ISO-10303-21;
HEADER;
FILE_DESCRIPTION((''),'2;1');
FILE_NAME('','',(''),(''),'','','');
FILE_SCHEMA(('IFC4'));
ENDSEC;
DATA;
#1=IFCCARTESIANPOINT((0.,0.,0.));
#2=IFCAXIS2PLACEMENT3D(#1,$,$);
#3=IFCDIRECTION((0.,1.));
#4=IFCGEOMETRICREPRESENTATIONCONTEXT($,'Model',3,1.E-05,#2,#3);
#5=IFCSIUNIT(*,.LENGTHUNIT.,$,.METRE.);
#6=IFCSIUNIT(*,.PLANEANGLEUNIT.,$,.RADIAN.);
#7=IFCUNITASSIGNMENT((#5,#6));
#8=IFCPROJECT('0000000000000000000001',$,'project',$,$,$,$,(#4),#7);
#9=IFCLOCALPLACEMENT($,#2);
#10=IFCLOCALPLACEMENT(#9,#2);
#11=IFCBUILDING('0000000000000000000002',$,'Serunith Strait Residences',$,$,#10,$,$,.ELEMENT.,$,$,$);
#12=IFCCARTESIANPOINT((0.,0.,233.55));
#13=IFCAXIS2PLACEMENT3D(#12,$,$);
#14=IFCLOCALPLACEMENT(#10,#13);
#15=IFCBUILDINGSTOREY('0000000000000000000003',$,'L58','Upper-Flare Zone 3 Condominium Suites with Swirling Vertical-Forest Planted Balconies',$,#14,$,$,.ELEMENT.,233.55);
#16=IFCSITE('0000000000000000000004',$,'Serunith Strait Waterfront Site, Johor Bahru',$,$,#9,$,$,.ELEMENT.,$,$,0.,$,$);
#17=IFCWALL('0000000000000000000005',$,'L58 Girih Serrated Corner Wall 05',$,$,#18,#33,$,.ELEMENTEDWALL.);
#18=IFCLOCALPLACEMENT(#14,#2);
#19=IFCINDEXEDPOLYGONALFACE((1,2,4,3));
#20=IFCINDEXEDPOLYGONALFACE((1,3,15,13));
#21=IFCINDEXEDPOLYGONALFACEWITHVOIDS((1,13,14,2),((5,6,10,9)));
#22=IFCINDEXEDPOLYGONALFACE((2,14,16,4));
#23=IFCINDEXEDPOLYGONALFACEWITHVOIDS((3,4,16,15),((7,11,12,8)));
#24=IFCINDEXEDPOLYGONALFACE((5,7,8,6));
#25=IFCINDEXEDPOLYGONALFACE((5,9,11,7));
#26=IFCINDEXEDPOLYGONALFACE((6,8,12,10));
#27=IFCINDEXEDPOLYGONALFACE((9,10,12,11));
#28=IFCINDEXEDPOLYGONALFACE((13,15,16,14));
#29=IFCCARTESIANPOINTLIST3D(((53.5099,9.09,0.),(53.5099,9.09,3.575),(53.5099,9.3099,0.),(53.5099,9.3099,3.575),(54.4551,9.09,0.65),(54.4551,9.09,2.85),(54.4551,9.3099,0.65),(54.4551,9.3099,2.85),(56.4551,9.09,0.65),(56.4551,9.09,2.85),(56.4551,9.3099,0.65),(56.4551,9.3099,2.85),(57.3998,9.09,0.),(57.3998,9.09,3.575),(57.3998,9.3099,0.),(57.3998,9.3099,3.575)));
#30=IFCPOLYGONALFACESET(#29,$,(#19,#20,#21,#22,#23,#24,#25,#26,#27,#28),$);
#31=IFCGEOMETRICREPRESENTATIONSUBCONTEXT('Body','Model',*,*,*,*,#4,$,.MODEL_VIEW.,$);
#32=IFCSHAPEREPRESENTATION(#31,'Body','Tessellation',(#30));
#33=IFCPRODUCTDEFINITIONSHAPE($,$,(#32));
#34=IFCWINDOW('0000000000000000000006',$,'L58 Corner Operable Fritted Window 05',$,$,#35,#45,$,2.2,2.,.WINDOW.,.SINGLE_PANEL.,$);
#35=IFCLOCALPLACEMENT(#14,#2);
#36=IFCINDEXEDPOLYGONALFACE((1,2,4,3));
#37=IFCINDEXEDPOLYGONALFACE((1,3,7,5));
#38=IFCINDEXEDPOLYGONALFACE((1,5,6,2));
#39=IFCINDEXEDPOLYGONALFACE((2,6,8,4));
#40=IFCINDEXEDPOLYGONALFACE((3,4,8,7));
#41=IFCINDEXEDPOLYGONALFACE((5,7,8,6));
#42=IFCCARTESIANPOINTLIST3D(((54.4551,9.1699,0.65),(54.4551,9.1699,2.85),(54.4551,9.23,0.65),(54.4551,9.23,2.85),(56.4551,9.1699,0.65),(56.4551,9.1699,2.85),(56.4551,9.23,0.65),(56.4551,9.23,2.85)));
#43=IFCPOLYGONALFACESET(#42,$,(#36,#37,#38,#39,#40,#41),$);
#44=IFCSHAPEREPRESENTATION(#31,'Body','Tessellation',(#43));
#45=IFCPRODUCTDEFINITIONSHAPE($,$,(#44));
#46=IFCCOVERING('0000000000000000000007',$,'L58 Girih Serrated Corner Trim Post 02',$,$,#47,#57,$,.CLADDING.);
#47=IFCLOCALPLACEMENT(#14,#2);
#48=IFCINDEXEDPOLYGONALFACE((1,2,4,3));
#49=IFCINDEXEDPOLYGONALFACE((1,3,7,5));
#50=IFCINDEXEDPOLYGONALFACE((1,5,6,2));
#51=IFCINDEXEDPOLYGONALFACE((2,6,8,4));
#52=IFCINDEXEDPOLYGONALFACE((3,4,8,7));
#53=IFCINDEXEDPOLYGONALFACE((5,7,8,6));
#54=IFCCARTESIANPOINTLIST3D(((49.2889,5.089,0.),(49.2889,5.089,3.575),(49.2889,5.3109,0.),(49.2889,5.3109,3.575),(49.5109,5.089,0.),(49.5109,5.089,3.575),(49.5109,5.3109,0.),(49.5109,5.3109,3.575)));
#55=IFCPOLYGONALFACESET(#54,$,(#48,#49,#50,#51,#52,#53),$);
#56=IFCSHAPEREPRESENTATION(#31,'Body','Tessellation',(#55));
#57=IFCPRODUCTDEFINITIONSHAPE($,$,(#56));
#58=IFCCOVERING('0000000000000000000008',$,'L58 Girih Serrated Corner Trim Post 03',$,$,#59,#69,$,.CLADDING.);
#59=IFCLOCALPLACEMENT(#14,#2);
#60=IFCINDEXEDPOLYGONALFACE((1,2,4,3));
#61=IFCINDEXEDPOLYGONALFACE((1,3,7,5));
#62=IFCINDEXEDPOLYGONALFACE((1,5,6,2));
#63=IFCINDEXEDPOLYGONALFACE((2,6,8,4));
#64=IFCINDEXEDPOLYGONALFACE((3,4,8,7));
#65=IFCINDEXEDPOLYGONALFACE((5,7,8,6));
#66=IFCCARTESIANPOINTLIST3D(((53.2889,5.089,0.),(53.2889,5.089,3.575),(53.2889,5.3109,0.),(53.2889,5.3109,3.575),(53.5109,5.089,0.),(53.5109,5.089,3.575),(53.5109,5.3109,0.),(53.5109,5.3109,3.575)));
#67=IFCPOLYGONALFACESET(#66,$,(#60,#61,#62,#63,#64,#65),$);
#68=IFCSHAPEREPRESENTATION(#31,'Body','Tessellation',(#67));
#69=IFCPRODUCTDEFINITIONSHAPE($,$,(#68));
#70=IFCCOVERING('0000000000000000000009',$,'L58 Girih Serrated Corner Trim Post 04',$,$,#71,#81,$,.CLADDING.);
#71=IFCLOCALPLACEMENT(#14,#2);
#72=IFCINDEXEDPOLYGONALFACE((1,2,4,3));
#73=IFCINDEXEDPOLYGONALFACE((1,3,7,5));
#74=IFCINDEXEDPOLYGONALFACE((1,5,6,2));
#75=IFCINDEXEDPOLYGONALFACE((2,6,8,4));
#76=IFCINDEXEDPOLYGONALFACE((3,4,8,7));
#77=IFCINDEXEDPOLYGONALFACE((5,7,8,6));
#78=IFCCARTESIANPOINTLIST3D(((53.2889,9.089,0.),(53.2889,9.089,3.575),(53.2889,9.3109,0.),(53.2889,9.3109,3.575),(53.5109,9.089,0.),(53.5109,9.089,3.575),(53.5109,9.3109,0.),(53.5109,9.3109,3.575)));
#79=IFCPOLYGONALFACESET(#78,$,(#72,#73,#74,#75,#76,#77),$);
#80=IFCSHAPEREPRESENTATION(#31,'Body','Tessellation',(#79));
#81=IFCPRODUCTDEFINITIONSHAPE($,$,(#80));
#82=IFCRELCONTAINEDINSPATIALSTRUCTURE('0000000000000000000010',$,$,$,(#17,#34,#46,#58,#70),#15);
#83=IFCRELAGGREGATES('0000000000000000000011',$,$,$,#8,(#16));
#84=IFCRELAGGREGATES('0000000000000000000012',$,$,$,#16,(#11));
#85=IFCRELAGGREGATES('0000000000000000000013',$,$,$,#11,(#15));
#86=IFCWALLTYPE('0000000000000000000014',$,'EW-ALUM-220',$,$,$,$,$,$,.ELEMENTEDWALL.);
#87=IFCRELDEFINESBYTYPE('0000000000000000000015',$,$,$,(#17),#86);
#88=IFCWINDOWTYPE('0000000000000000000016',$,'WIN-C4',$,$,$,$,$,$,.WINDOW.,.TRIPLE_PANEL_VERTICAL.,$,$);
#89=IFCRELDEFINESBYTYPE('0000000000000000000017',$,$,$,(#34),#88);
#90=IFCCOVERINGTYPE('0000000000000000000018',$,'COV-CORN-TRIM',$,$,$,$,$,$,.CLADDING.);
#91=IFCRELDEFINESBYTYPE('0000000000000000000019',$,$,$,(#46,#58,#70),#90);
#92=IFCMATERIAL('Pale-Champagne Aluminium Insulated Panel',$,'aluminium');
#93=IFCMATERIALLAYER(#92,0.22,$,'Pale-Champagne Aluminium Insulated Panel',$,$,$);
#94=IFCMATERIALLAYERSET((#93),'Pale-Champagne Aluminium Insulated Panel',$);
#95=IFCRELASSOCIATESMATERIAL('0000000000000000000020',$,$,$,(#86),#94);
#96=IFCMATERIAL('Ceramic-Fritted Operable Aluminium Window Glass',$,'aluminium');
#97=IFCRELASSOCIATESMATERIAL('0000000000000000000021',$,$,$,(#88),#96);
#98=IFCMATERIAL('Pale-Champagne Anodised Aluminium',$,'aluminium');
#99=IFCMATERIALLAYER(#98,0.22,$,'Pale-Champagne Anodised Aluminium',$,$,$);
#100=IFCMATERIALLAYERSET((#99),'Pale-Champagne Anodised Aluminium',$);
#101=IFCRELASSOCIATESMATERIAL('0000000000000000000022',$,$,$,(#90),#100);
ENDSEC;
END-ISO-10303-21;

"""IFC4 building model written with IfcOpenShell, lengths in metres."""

from ifc_helpers import new_model, si_unit, direction, frame, frame_2d, origin, origin_2d, place, context, subcontext, project, spatial, rectangle, extrude, source, transform, mapped, material, layer, layer_set, type_object, element, fill, save


model = new_model("IFC4")

# Units and contexts
model_context = context("Model", 3, precision=1e-05, world=origin(), true_north=direction((0.0, 1.0)))
body_context = subcontext(model_context, "Body", "Model", "MODEL_VIEW")
ifc_project = project(units=[si_unit("LENGTHUNIT", "METRE"), si_unit("PLANEANGLEUNIT", "RADIAN")], contexts=[model_context])

# Site, building, storey
site_placement = place(None, origin())
site = spatial("IfcSite", under=ifc_project, at=site_placement, Name="Serunith Strait Waterfront Site, Johor Bahru", CompositionType="ELEMENT", RefElevation=0.0)
building_placement = place(site_placement, origin())
building = spatial("IfcBuilding", under=site, at=building_placement, Name="Serunith Strait Residences", CompositionType="ELEMENT")
storey_placement = place(building_placement, frame((0.0, 0.0, 233.55)))
storey = spatial("IfcBuildingStorey", under=building, at=storey_placement, Name="L58", Description="Upper-Flare Zone 3 Condominium Suites with Swirling Vertical-Forest Planted Balconies", CompositionType="ELEMENT", Elevation=233.55)

# Shared definitions
ifc_material_1 = material(Name="Pale-Champagne Anodised Aluminium", Category="aluminium")

# Wall, opening, window
ifc_material_2 = material(Name="Pale-Champagne Aluminium Insulated Panel", Category="aluminium")
ifc_layer_1 = layer(ifc_material_2, 0.22, Name="Pale-Champagne Aluminium Insulated Panel")
ifc_layer_set_1 = layer_set([ifc_layer_1], Name="Pale-Champagne Aluminium Insulated Panel")
wall_type = type_object("IfcWallType", Name="EW-ALUM-220", PredefinedType="ELEMENTEDWALL", material=ifc_layer_set_1)
ifc_material_3 = material(Name="Ceramic-Fritted Operable Aluminium Window Glass", Category="aluminium")
window_type = type_object("IfcWindowType", Name="WIN-C4", PartitioningType="TRIPLE_PANEL_VERTICAL", PredefinedType="WINDOW", material=ifc_material_3)
shared_shape_1 = source(origin(), body_context, "Body", "SweptSolid", [
    extrude(rectangle(XDim=2.0, YDim=2.2, at=frame_2d((1.0, 1.1001))), frame((0.0, 0.03, 0.0), z_axis=(0.0, -1.0, 0.0), x_axis=(1.0, 0.0, 0.0)), (0.0, 0.0, 1.0), 0.0601),
])
wall_1_placement = place(storey_placement, frame((53.51, 9.2, 0.0), z_axis=(0.0, 0.0, 1.0), x_axis=(1.0, 0.0, 0.0)))
wall_1 = element("IfcWall", 1, at=wall_1_placement, inside=storey, type_object=wall_type, Name="L58 Girih Serrated Corner Wall 05", PredefinedType="ELEMENTEDWALL", context=body_context, shape_type="SweptSolid", body=[
    extrude(rectangle(XDim=3.8899, YDim=0.22, at=frame_2d((1.9448, 0.0))), origin(), (0.0, 0.0, 1.0), 3.575),
])
opening_1_placement = place(wall_1_placement, frame((0.9451, 0.0, 0.6499)))
opening_1 = element("IfcOpeningElement", 2, at=opening_1_placement, cuts=wall_1, PredefinedType="OPENING", context=body_context, shape_type="SweptSolid", body=[
    extrude(rectangle(XDim=2.0, YDim=2.2, at=frame_2d((1.0, 1.1001))), frame((0.0, 0.1201, 0.0), z_axis=(0.0, -1.0, 0.0), x_axis=(1.0, 0.0, 0.0)), (0.0, 0.0, 1.0), 0.24),
])
window_1_placement = place(opening_1_placement, origin())
window_1 = element("IfcWindow", 3, at=window_1_placement, inside=storey, type_object=window_type, Name="L58 Corner Operable Fritted Window 05", OverallHeight=2.2, OverallWidth=2.0, PartitioningType="SINGLE_PANEL", PredefinedType="WINDOW", context=body_context, shape_type="MappedRepresentation", body=[
    mapped(shared_shape_1, transform((0.0, 0.0, 0.0), scale=1.0)),
])
fill(opening_1, window_1)

# Coverings
ifc_layer_2 = layer(ifc_material_1, 0.22, Name="Pale-Champagne Anodised Aluminium")
ifc_layer_set_2 = layer_set([ifc_layer_2], Name="Pale-Champagne Anodised Aluminium")
covering_type = type_object("IfcCoveringType", Name="COV-CORN-TRIM", PredefinedType="CLADDING", material=ifc_layer_set_2)
shared_shape_2 = source(origin(), body_context, "Body", "SweptSolid", [
    extrude(rectangle(XDim=0.2219, YDim=0.2219, at=origin_2d()), origin(), (0.0, 0.0, 1.0), 3.575),
])
for number, where, z_axis, x_axis, name in (
    (4, (49.3999, 5.2, 0.0), (0.0, 0.0, 1.0), (1.0, 0.0, 0.0), "L58 Girih Serrated Corner Trim Post 02"),
    (5, (53.3999, 5.2, 0.0), (0.0, 0.0, 1.0), (1.0, 0.0, 0.0), "L58 Girih Serrated Corner Trim Post 03"),
    (6, (53.3999, 9.2, 0.0), (0.0, 0.0, 1.0), (1.0, 0.0, 0.0), "L58 Girih Serrated Corner Trim Post 04"),
):
    element("IfcCovering", number, at=place(storey_placement, frame(where, z_axis=z_axis, x_axis=x_axis)), inside=storey, type_object=covering_type, Name=name, PredefinedType="CLADDING", context=body_context, shape_type="MappedRepresentation", body=[
        mapped(shared_shape_2, transform((0.0, 0.0, 0.0), scale=1.0)),
    ])

save(model, "model.ifc")
